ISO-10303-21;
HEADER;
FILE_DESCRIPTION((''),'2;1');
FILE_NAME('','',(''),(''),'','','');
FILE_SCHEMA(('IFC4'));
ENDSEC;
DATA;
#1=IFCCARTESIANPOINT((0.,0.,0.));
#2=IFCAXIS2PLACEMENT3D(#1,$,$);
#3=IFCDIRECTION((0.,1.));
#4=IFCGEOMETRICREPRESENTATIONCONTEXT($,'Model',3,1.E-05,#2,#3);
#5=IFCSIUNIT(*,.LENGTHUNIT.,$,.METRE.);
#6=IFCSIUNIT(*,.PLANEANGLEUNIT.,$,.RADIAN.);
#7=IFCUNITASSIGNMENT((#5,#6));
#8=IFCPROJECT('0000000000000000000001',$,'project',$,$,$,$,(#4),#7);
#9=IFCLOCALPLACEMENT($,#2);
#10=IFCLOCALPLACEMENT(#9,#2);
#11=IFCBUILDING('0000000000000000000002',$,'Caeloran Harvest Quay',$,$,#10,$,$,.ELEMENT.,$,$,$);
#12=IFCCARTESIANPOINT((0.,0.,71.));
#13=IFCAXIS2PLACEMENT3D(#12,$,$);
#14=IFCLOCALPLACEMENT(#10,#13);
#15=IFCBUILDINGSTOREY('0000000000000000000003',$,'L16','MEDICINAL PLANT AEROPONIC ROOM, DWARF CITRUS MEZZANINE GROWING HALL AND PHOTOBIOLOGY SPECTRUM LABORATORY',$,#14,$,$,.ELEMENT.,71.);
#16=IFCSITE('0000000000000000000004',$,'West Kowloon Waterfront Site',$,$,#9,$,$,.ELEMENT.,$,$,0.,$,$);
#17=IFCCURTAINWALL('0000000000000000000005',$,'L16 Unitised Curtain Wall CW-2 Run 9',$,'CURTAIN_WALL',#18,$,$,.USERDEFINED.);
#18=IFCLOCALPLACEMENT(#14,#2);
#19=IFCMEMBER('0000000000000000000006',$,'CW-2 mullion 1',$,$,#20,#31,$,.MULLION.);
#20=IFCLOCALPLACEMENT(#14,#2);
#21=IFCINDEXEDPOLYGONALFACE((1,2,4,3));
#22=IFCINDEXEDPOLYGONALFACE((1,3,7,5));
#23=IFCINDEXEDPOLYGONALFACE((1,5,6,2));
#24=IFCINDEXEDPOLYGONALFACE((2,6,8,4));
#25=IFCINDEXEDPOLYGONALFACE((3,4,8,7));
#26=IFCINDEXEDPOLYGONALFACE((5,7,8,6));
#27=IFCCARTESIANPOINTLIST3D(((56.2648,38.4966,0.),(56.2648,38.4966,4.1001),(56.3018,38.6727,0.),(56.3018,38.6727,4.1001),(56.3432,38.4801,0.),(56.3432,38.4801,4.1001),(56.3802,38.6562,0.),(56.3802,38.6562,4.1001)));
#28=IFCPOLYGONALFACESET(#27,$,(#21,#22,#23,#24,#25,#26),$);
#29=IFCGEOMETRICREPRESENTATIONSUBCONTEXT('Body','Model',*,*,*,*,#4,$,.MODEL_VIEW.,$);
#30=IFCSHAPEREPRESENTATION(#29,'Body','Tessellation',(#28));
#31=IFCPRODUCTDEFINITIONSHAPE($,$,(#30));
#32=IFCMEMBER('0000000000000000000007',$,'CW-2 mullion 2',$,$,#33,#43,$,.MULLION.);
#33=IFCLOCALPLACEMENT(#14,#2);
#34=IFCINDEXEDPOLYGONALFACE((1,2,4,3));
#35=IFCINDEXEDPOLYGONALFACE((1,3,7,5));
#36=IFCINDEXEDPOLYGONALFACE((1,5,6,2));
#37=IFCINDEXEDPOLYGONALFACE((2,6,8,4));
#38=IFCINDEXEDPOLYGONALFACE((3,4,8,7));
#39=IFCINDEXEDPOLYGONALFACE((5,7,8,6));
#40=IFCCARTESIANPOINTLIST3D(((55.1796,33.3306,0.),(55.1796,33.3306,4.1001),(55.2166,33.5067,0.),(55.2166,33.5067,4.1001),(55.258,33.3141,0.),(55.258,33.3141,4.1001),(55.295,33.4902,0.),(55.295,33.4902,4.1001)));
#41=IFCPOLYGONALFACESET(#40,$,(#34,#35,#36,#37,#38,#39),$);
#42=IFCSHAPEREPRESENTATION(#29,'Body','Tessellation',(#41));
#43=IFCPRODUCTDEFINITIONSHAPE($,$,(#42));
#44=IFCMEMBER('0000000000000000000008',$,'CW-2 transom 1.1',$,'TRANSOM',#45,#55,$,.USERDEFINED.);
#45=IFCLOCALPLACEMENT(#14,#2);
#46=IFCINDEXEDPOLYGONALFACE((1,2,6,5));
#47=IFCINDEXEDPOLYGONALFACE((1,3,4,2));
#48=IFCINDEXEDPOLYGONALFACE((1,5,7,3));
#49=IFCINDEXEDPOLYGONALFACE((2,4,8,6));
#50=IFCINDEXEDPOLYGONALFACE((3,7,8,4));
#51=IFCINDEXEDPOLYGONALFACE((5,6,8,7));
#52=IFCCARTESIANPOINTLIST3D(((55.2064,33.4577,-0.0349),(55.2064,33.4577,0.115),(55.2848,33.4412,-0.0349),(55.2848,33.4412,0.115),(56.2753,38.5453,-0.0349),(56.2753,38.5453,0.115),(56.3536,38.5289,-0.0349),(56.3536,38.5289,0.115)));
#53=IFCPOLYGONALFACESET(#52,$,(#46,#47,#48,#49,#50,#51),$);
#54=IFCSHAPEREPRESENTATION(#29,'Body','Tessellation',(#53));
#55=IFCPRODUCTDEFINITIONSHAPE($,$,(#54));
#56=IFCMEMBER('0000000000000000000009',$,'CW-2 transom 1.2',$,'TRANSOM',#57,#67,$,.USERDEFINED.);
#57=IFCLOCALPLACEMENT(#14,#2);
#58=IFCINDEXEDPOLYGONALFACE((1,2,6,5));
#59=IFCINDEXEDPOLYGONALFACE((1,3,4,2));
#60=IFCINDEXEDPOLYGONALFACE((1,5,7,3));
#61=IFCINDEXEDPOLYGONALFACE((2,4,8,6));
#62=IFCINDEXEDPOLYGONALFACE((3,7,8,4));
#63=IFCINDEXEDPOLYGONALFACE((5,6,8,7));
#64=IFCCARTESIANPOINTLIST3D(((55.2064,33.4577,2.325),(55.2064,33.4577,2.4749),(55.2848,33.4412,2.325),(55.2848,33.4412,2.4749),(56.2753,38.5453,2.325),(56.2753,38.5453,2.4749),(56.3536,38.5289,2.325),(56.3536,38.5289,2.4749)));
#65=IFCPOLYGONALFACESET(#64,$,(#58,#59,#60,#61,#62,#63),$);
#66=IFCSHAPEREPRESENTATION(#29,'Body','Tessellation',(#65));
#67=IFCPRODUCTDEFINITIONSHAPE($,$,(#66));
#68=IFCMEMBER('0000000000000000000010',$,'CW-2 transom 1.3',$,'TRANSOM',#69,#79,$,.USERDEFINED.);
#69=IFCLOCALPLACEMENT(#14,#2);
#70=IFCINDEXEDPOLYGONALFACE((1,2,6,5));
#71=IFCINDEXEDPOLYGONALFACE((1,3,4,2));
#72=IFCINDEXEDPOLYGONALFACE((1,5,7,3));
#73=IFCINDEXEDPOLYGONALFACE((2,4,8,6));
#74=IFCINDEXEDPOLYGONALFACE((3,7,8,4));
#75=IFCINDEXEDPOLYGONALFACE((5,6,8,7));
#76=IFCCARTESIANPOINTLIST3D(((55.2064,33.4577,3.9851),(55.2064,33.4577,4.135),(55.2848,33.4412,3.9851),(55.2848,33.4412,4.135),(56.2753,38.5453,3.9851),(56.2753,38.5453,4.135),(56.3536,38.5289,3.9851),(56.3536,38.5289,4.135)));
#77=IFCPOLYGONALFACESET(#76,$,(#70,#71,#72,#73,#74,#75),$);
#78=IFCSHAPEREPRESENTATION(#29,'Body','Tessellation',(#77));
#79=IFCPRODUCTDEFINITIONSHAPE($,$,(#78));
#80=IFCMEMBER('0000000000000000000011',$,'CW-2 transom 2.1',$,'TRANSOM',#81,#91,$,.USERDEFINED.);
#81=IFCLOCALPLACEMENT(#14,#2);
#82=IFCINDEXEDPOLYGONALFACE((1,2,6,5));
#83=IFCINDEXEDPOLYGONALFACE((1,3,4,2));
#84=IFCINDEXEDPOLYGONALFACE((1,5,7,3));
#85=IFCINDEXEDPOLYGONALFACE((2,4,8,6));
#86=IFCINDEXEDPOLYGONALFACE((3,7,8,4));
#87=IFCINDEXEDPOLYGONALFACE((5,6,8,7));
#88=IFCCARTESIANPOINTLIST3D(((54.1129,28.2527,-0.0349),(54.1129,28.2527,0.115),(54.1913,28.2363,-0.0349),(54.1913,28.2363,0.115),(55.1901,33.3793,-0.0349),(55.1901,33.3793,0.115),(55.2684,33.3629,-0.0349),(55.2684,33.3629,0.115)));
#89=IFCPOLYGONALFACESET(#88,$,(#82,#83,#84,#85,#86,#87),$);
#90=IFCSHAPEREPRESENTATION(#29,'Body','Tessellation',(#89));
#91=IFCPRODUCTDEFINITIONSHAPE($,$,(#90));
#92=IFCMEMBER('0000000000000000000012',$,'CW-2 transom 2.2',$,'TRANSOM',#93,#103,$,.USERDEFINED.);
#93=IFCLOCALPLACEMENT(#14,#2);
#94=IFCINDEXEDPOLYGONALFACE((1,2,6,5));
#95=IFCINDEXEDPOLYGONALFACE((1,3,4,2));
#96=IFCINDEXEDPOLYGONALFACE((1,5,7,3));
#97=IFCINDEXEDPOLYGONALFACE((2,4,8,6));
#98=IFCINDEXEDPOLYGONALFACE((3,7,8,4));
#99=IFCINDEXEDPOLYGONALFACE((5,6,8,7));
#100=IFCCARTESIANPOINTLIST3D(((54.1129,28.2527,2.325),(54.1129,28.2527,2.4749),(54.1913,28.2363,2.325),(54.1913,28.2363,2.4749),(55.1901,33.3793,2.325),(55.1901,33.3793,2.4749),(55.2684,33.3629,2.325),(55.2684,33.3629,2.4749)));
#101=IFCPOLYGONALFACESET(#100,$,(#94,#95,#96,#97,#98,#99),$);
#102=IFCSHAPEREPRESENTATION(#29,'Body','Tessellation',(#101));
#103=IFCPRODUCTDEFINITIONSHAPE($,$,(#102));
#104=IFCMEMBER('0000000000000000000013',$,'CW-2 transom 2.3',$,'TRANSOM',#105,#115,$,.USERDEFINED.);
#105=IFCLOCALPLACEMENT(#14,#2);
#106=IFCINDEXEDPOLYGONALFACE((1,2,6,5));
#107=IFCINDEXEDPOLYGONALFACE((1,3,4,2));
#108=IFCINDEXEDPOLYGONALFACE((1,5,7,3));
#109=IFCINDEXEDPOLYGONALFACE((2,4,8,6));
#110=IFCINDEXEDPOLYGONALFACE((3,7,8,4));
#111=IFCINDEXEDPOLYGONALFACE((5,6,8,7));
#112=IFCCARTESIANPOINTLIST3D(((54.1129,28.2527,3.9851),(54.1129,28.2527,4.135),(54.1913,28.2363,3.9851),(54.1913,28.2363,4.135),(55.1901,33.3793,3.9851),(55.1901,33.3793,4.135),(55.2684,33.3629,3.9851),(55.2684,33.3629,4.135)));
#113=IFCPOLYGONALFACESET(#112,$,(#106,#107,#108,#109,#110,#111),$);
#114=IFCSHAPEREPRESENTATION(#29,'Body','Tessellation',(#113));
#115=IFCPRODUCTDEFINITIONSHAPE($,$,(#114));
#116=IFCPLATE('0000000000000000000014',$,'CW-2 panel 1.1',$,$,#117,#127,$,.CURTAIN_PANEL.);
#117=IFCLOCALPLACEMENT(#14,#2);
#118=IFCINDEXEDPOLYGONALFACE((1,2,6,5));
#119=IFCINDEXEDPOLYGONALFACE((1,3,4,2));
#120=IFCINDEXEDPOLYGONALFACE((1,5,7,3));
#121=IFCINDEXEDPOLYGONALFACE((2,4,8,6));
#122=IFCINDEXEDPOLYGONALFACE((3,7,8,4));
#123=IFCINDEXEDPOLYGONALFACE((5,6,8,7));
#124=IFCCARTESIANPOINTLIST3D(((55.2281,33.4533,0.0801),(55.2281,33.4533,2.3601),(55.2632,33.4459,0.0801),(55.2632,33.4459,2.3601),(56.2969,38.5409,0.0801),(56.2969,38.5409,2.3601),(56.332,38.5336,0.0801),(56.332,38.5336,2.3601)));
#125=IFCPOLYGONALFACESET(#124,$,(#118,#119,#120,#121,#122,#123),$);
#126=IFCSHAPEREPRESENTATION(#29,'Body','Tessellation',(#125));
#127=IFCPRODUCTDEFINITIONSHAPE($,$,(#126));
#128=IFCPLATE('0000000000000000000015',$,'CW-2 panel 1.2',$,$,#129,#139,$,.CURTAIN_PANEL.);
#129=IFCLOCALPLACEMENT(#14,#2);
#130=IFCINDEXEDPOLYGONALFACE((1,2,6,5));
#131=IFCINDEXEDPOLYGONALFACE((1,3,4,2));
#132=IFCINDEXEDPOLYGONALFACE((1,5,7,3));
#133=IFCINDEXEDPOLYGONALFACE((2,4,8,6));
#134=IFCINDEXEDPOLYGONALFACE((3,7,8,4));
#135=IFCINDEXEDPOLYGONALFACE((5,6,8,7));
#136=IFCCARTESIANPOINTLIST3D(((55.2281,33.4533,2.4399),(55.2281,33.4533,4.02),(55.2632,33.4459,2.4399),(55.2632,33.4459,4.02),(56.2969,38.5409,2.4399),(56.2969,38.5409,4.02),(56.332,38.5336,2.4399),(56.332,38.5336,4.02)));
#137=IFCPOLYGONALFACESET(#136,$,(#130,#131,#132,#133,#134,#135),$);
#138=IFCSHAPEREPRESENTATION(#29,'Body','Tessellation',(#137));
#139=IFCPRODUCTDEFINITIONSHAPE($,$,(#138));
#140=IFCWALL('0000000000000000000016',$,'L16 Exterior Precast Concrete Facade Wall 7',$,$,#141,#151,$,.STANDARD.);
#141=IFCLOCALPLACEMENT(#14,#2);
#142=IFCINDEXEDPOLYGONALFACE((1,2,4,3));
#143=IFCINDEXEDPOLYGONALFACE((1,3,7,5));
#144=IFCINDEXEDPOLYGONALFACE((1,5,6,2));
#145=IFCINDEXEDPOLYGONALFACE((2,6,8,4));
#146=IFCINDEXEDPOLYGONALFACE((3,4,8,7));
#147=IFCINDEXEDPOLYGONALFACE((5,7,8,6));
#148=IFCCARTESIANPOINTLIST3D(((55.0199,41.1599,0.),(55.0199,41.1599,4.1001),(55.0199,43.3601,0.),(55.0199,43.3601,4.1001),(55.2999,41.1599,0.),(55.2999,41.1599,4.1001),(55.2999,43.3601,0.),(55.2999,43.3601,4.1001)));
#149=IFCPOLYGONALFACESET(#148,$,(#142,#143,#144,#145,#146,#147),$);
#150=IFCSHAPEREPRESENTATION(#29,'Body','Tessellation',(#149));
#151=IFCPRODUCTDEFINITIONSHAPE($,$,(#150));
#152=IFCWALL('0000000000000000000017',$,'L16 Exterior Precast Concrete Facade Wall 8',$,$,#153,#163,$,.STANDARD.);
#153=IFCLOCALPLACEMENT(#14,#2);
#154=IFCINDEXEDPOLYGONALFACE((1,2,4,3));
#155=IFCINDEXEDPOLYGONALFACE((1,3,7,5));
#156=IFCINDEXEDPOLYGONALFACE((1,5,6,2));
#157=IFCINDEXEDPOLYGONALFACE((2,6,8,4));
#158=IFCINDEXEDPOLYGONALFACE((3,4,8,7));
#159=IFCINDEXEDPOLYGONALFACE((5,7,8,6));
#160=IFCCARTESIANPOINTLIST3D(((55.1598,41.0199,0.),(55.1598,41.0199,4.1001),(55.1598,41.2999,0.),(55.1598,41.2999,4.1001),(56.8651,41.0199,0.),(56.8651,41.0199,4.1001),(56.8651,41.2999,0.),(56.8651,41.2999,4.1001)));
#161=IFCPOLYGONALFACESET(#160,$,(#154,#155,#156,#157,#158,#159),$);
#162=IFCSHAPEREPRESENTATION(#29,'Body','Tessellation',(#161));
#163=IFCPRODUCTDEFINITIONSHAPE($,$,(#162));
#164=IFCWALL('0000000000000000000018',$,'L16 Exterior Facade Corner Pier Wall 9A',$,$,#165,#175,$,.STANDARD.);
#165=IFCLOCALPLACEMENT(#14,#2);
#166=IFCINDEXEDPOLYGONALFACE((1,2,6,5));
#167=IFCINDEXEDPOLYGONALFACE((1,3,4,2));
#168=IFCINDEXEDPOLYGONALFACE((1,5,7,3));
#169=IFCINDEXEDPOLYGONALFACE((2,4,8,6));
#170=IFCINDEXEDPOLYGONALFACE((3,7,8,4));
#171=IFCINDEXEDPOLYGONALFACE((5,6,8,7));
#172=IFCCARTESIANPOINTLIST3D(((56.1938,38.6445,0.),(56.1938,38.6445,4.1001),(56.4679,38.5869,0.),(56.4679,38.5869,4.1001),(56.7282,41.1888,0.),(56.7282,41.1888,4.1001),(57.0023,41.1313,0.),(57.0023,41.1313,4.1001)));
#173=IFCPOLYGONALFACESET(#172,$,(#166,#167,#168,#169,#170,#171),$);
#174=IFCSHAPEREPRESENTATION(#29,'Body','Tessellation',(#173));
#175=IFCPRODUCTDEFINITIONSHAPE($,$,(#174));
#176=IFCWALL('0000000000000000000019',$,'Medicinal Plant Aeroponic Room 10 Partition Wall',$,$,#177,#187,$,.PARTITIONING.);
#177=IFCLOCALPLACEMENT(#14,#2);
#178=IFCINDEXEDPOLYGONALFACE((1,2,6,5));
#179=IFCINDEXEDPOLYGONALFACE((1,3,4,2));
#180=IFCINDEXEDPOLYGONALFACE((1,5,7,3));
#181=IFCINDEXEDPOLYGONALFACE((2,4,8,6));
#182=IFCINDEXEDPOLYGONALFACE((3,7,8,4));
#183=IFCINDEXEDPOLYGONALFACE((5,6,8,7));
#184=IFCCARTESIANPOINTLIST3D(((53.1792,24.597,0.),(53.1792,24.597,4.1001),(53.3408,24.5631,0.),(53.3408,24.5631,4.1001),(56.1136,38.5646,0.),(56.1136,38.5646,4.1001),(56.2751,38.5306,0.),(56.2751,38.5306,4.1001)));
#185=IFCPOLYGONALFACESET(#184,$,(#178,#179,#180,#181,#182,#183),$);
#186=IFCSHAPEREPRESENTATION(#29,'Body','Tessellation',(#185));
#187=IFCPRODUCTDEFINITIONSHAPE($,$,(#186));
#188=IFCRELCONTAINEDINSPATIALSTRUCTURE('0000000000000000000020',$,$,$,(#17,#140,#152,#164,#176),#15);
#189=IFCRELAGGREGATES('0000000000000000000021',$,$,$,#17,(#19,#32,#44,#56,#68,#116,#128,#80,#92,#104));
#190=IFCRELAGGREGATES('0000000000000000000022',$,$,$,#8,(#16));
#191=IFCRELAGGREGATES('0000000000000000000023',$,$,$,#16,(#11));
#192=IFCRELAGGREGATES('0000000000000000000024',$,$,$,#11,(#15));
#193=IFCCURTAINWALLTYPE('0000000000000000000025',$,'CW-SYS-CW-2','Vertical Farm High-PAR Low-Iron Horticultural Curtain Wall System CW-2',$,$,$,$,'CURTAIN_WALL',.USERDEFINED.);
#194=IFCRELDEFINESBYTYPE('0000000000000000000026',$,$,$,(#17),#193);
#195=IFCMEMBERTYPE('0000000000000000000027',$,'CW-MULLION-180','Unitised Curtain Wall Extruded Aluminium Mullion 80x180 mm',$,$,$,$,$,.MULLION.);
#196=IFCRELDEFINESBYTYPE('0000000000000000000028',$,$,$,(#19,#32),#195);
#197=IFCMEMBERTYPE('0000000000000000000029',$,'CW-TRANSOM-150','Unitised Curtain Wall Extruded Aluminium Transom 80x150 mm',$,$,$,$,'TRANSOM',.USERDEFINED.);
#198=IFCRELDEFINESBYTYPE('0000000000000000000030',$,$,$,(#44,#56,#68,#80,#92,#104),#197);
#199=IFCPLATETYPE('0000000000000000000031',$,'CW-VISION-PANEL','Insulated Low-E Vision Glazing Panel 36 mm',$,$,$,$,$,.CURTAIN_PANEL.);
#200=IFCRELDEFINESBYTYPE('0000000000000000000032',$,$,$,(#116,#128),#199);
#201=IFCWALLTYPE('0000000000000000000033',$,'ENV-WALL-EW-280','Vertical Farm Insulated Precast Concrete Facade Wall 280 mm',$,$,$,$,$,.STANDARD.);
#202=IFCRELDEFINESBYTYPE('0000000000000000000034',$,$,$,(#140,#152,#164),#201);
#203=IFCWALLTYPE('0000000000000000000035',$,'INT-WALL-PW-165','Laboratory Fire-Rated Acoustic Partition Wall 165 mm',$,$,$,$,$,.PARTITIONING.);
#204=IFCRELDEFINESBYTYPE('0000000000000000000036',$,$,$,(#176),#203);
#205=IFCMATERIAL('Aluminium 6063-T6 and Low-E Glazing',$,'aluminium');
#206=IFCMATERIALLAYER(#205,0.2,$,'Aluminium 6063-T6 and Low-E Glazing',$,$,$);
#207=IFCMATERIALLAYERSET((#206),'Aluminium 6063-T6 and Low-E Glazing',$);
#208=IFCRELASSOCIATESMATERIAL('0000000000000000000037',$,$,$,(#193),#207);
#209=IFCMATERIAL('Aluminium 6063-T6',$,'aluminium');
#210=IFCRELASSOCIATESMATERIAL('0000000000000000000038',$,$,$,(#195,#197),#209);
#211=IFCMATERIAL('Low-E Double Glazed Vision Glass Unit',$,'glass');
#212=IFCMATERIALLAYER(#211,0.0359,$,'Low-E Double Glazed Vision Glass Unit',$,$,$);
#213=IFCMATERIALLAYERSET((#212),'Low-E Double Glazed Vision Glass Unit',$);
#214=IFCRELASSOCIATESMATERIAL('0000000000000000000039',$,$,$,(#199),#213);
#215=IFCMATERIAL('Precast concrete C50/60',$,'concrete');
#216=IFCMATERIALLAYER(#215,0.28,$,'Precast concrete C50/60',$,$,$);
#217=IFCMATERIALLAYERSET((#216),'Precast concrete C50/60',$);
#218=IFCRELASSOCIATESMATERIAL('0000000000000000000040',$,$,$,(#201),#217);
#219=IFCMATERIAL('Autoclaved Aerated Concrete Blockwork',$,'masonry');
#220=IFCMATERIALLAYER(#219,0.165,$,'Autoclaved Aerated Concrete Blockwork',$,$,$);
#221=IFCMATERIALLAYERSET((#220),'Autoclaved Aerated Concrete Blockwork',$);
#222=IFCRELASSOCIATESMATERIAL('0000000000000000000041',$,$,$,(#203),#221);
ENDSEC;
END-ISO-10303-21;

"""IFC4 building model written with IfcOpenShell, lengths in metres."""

from ifc_helpers import new_model, si_unit, direction, frame, frame_2d, origin, origin_2d, place, context, subcontext, project, spatial, rectangle, extrude, material, layer, layer_set, material_profile, profile_set, type_object, element, aggregate, save


model = new_model("IFC4")

# Units and contexts
model_context = context("Model", 3, precision=1e-05, world=origin(), true_north=direction((0.0, 1.0)))
body_context = subcontext(model_context, "Body", "Model", "MODEL_VIEW")
ifc_project = project(units=[si_unit("LENGTHUNIT", "METRE"), si_unit("PLANEANGLEUNIT", "RADIAN")], contexts=[model_context])

# Site, building, storey
site_placement = place(None, origin())
site = spatial("IfcSite", under=ifc_project, at=site_placement, Name="West Kowloon Waterfront Site", CompositionType="ELEMENT", RefElevation=0.0)
building_placement = place(site_placement, origin())
building = spatial("IfcBuilding", under=site, at=building_placement, Name="Caeloran Harvest Quay", CompositionType="ELEMENT")
storey_placement = place(building_placement, frame((0.0, 0.0, 71.0)))
storey = spatial("IfcBuildingStorey", under=building, at=storey_placement, Name="L16", Description="MEDICINAL PLANT AEROPONIC ROOM, DWARF CITRUS MEZZANINE GROWING HALL AND PHOTOBIOLOGY SPECTRUM LABORATORY", CompositionType="ELEMENT", Elevation=71.0)

# Curtain wall, members, plates
ifc_material_1 = material(Name="Aluminium 6063-T6 and Low-E Glazing", Category="aluminium")
ifc_layer_1 = layer(ifc_material_1, 0.2, Name="Aluminium 6063-T6 and Low-E Glazing")
ifc_layer_set_1 = layer_set([ifc_layer_1], Name="Aluminium 6063-T6 and Low-E Glazing")
curtain_wall_type = type_object("IfcCurtainWallType", Name="CW-SYS-CW-2", Description="Vertical Farm High-PAR Low-Iron Horticultural Curtain Wall System CW-2", ElementType="CURTAIN_WALL", PredefinedType="USERDEFINED", material=ifc_layer_set_1)
curtain_wall_placement = place(storey_placement, origin())
curtain_wall = element("IfcCurtainWall", 1, at=curtain_wall_placement, inside=storey, type_object=curtain_wall_type, Name="L16 Unitised Curtain Wall CW-2 Run 9", ObjectType="CURTAIN_WALL", PredefinedType="USERDEFINED")
ifc_material_2 = material(Name="Aluminium 6063-T6", Category="aluminium")
ifc_material_profile_1 = material_profile(ifc_material_2, rectangle(XDim=0.0801, YDim=0.1799, at=origin_2d()), Name="CW-MULLION-180")
ifc_profile_set_1 = profile_set([ifc_material_profile_1], Name="Aluminium 6063-T6")
member_type_1 = type_object("IfcMemberType", Name="CW-MULLION-180", Description="Unitised Curtain Wall Extruded Aluminium Mullion 80x180 mm", PredefinedType="MULLION", material=ifc_profile_set_1)
member_1_placement = place(storey_placement, frame((56.3225, 38.5764, 0.0), z_axis=(0.0, 0.0, 1.0), x_axis=(0.97864, -0.205583, 0.0)))
member_1 = element("IfcMember", 2, at=member_1_placement, type_object=member_type_1, Name="CW-2 mullion 1", PredefinedType="MULLION", context=body_context, shape_type="SweptSolid", body=[
    extrude(rectangle(XDim=0.0801, YDim=0.1799, at=origin_2d()), origin(), (0.0, 0.0, 1.0), 4.1001),
])
member_2_placement = place(storey_placement, frame((55.2373, 33.4104, 0.0), z_axis=(0.0, 0.0, 1.0), x_axis=(0.97864, -0.205583, 0.0)))
member_2 = element("IfcMember", 3, at=member_2_placement, type_object=member_type_1, Name="CW-2 mullion 2", PredefinedType="MULLION", context=body_context, shape_type="SweptSolid", body=[
    extrude(rectangle(XDim=0.0801, YDim=0.1799, at=origin_2d()), origin(), (0.0, 0.0, 1.0), 4.1001),
])
ifc_material_profile_2 = material_profile(ifc_material_2, rectangle(XDim=0.0801, YDim=0.1499, at=origin_2d()), Name="CW-TRANSOM-150")
ifc_profile_set_2 = profile_set([ifc_material_profile_2], Name="Aluminium 6063-T6")
member_type_2 = type_object("IfcMemberType", Name="CW-TRANSOM-150", Description="Unitised Curtain Wall Extruded Aluminium Transom 80x150 mm", ElementType="TRANSOM", PredefinedType="USERDEFINED", material=ifc_profile_set_2)
member_3_placement = place(storey_placement, frame((56.3145, 38.5371, 0.04), z_axis=(-0.205599, -0.978636, 0.0), x_axis=(0.978636, -0.205599, 0.0)))
member_3 = element("IfcMember", 4, at=member_3_placement, type_object=member_type_2, Name="CW-2 transom 1.1", ObjectType="TRANSOM", PredefinedType="USERDEFINED", context=body_context, shape_type="SweptSolid", body=[
    extrude(rectangle(XDim=0.0801, YDim=0.1499, at=origin_2d()), origin(), (0.0, 0.0, 1.0), 5.1987),
])
member_4_placement = place(storey_placement, frame((56.3145, 38.5371, 2.3999), z_axis=(-0.205599, -0.978636, 0.0), x_axis=(0.978636, -0.205599, 0.0)))
member_4 = element("IfcMember", 5, at=member_4_placement, type_object=member_type_2, Name="CW-2 transom 1.2", ObjectType="TRANSOM", PredefinedType="USERDEFINED", context=body_context, shape_type="SweptSolid", body=[
    extrude(rectangle(XDim=0.0801, YDim=0.1499, at=origin_2d()), origin(), (0.0, 0.0, 1.0), 5.1987),
])
member_5_placement = place(storey_placement, frame((56.3145, 38.5371, 4.0601), z_axis=(-0.205599, -0.978636, 0.0), x_axis=(0.978636, -0.205599, 0.0)))
member_5 = element("IfcMember", 6, at=member_5_placement, type_object=member_type_2, Name="CW-2 transom 1.3", ObjectType="TRANSOM", PredefinedType="USERDEFINED", context=body_context, shape_type="SweptSolid", body=[
    extrude(rectangle(XDim=0.0801, YDim=0.1499, at=origin_2d()), origin(), (0.0, 0.0, 1.0), 5.1987),
])
member_6_placement = place(storey_placement, frame((55.2292, 33.3711, 0.04), z_axis=(-0.205616, -0.978633, 0.0), x_axis=(0.978633, -0.205616, 0.0)))
member_6 = element("IfcMember", 7, at=member_6_placement, type_object=member_type_2, Name="CW-2 transom 2.1", ObjectType="TRANSOM", PredefinedType="USERDEFINED", context=body_context, shape_type="SweptSolid", body=[
    extrude(rectangle(XDim=0.0801, YDim=0.1499, at=origin_2d()), origin(), (0.0, 0.0, 1.0), 5.2385),
])
member_7_placement = place(storey_placement, frame((55.2292, 33.3711, 2.3999), z_axis=(-0.205616, -0.978633, 0.0), x_axis=(0.978633, -0.205616, 0.0)))
member_7 = element("IfcMember", 8, at=member_7_placement, type_object=member_type_2, Name="CW-2 transom 2.2", ObjectType="TRANSOM", PredefinedType="USERDEFINED", context=body_context, shape_type="SweptSolid", body=[
    extrude(rectangle(XDim=0.0801, YDim=0.1499, at=origin_2d()), origin(), (0.0, 0.0, 1.0), 5.2385),
])
member_8_placement = place(storey_placement, frame((55.2292, 33.3711, 4.0601), z_axis=(-0.205616, -0.978633, 0.0), x_axis=(0.978633, -0.205616, 0.0)))
member_8 = element("IfcMember", 9, at=member_8_placement, type_object=member_type_2, Name="CW-2 transom 2.3", ObjectType="TRANSOM", PredefinedType="USERDEFINED", context=body_context, shape_type="SweptSolid", body=[
    extrude(rectangle(XDim=0.0801, YDim=0.1499, at=origin_2d()), origin(), (0.0, 0.0, 1.0), 5.2385),
])
ifc_material_3 = material(Name="Low-E Double Glazed Vision Glass Unit", Category="glass")
ifc_layer_2 = layer(ifc_material_3, 0.0359, Name="Low-E Double Glazed Vision Glass Unit")
ifc_layer_set_2 = layer_set([ifc_layer_2], Name="Low-E Double Glazed Vision Glass Unit")
plate_type = type_object("IfcPlateType", Name="CW-VISION-PANEL", Description="Insulated Low-E Vision Glazing Panel 36 mm", PredefinedType="CURTAIN_PANEL", material=ifc_layer_set_2)
plate_1_placement = place(storey_placement, frame((55.78, 35.9934, 0.0801), z_axis=(0.0, 0.0, 1.0), x_axis=(-0.205583, -0.97864, 0.0)))
plate_1 = element("IfcPlate", 10, at=plate_1_placement, type_object=plate_type, Name="CW-2 panel 1.1", PredefinedType="CURTAIN_PANEL", context=body_context, shape_type="SweptSolid", body=[
    extrude(rectangle(XDim=5.1987, YDim=0.0359, at=origin_2d()), origin(), (0.0, 0.0, 1.0), 2.28),
])
plate_2_placement = place(storey_placement, frame((55.78, 35.9934, 2.4399), z_axis=(0.0, 0.0, 1.0), x_axis=(-0.205583, -0.97864, 0.0)))
plate_2 = element("IfcPlate", 11, at=plate_2_placement, type_object=plate_type, Name="CW-2 panel 1.2", PredefinedType="CURTAIN_PANEL", context=body_context, shape_type="SweptSolid", body=[
    extrude(rectangle(XDim=5.1987, YDim=0.0359, at=origin_2d()), origin(), (0.0, 0.0, 1.0), 1.5801),
])
aggregate(curtain_wall, [member_1, member_2, member_3, member_4, member_5, plate_1, plate_2, member_6, member_7, member_8])

# Walls
ifc_material_4 = material(Name="Precast concrete C50/60", Category="concrete")
ifc_layer_3 = layer(ifc_material_4, 0.28, Name="Precast concrete C50/60")
ifc_layer_set_3 = layer_set([ifc_layer_3], Name="Precast concrete C50/60")
wall_type_1 = type_object("IfcWallType", Name="ENV-WALL-EW-280", Description="Vertical Farm Insulated Precast Concrete Facade Wall 280 mm", PredefinedType="STANDARD", material=ifc_layer_set_3)
wall_1_placement = place(storey_placement, frame((55.1599, 43.3601, 0.0), z_axis=(0.0, 0.0, 1.0), x_axis=(0.0, -1.0, 0.0)))
element("IfcWall", 12, at=wall_1_placement, inside=storey, type_object=wall_type_1, Name="L16 Exterior Precast Concrete Facade Wall 7", PredefinedType="STANDARD", context=body_context, shape_type="SweptSolid", body=[
    extrude(rectangle(XDim=2.2002, YDim=0.28, at=frame_2d((1.1001, 0.0))), origin(), (0.0, 0.0, 1.0), 4.1001),
])
wall_2_placement = place(storey_placement, frame((55.1599, 41.1599, 0.0), z_axis=(0.0, 0.0, 1.0), x_axis=(1.0, 0.0, 0.0)))
element("IfcWall", 13, at=wall_2_placement, inside=storey, type_object=wall_type_1, Name="L16 Exterior Precast Concrete Facade Wall 8", PredefinedType="STANDARD", context=body_context, shape_type="SweptSolid", body=[
    extrude(rectangle(XDim=1.7053, YDim=0.28, at=frame_2d((0.8525, 0.0))), origin(), (0.0, 0.0, 1.0), 4.1001),
])
wall_3_placement = place(storey_placement, frame((56.8652, 41.1599, 0.0), z_axis=(0.0, 0.0, 1.0), x_axis=(-0.205551, -0.978646, 0.0)))
element("IfcWall", 14, at=wall_3_placement, inside=storey, type_object=wall_type_1, Name="L16 Exterior Facade Corner Pier Wall 9A", PredefinedType="STANDARD", context=body_context, shape_type="SweptSolid", body=[
    extrude(rectangle(XDim=2.5999, YDim=0.28, at=frame_2d((1.2998, 0.0))), origin(), (0.0, 0.0, 1.0), 4.1001),
])
ifc_material_5 = material(Name="Autoclaved Aerated Concrete Blockwork", Category="masonry")
ifc_layer_4 = layer(ifc_material_5, 0.165, Name="Autoclaved Aerated Concrete Blockwork")
ifc_layer_set_4 = layer_set([ifc_layer_4], Name="Autoclaved Aerated Concrete Blockwork")
wall_type_2 = type_object("IfcWallType", Name="INT-WALL-PW-165", Description="Laboratory Fire-Rated Acoustic Partition Wall 165 mm", PredefinedType="PARTITIONING", material=ifc_layer_set_4)
wall_4_placement = place(storey_placement, frame((56.1943, 38.5476, 0.0), z_axis=(0.0, 0.0, 1.0), x_axis=(-0.205594, -0.978637, 0.0)))
element("IfcWall", 15, at=wall_4_placement, inside=storey, type_object=wall_type_2, Name="Medicinal Plant Aeroponic Room 10 Partition Wall", PredefinedType="PARTITIONING", context=body_context, shape_type="SweptSolid", body=[
    extrude(rectangle(XDim=14.2725, YDim=0.165, at=frame_2d((7.1362, 0.0))), origin(), (0.0, 0.0, 1.0), 4.1001),
])

save(model, "model.ifc")
